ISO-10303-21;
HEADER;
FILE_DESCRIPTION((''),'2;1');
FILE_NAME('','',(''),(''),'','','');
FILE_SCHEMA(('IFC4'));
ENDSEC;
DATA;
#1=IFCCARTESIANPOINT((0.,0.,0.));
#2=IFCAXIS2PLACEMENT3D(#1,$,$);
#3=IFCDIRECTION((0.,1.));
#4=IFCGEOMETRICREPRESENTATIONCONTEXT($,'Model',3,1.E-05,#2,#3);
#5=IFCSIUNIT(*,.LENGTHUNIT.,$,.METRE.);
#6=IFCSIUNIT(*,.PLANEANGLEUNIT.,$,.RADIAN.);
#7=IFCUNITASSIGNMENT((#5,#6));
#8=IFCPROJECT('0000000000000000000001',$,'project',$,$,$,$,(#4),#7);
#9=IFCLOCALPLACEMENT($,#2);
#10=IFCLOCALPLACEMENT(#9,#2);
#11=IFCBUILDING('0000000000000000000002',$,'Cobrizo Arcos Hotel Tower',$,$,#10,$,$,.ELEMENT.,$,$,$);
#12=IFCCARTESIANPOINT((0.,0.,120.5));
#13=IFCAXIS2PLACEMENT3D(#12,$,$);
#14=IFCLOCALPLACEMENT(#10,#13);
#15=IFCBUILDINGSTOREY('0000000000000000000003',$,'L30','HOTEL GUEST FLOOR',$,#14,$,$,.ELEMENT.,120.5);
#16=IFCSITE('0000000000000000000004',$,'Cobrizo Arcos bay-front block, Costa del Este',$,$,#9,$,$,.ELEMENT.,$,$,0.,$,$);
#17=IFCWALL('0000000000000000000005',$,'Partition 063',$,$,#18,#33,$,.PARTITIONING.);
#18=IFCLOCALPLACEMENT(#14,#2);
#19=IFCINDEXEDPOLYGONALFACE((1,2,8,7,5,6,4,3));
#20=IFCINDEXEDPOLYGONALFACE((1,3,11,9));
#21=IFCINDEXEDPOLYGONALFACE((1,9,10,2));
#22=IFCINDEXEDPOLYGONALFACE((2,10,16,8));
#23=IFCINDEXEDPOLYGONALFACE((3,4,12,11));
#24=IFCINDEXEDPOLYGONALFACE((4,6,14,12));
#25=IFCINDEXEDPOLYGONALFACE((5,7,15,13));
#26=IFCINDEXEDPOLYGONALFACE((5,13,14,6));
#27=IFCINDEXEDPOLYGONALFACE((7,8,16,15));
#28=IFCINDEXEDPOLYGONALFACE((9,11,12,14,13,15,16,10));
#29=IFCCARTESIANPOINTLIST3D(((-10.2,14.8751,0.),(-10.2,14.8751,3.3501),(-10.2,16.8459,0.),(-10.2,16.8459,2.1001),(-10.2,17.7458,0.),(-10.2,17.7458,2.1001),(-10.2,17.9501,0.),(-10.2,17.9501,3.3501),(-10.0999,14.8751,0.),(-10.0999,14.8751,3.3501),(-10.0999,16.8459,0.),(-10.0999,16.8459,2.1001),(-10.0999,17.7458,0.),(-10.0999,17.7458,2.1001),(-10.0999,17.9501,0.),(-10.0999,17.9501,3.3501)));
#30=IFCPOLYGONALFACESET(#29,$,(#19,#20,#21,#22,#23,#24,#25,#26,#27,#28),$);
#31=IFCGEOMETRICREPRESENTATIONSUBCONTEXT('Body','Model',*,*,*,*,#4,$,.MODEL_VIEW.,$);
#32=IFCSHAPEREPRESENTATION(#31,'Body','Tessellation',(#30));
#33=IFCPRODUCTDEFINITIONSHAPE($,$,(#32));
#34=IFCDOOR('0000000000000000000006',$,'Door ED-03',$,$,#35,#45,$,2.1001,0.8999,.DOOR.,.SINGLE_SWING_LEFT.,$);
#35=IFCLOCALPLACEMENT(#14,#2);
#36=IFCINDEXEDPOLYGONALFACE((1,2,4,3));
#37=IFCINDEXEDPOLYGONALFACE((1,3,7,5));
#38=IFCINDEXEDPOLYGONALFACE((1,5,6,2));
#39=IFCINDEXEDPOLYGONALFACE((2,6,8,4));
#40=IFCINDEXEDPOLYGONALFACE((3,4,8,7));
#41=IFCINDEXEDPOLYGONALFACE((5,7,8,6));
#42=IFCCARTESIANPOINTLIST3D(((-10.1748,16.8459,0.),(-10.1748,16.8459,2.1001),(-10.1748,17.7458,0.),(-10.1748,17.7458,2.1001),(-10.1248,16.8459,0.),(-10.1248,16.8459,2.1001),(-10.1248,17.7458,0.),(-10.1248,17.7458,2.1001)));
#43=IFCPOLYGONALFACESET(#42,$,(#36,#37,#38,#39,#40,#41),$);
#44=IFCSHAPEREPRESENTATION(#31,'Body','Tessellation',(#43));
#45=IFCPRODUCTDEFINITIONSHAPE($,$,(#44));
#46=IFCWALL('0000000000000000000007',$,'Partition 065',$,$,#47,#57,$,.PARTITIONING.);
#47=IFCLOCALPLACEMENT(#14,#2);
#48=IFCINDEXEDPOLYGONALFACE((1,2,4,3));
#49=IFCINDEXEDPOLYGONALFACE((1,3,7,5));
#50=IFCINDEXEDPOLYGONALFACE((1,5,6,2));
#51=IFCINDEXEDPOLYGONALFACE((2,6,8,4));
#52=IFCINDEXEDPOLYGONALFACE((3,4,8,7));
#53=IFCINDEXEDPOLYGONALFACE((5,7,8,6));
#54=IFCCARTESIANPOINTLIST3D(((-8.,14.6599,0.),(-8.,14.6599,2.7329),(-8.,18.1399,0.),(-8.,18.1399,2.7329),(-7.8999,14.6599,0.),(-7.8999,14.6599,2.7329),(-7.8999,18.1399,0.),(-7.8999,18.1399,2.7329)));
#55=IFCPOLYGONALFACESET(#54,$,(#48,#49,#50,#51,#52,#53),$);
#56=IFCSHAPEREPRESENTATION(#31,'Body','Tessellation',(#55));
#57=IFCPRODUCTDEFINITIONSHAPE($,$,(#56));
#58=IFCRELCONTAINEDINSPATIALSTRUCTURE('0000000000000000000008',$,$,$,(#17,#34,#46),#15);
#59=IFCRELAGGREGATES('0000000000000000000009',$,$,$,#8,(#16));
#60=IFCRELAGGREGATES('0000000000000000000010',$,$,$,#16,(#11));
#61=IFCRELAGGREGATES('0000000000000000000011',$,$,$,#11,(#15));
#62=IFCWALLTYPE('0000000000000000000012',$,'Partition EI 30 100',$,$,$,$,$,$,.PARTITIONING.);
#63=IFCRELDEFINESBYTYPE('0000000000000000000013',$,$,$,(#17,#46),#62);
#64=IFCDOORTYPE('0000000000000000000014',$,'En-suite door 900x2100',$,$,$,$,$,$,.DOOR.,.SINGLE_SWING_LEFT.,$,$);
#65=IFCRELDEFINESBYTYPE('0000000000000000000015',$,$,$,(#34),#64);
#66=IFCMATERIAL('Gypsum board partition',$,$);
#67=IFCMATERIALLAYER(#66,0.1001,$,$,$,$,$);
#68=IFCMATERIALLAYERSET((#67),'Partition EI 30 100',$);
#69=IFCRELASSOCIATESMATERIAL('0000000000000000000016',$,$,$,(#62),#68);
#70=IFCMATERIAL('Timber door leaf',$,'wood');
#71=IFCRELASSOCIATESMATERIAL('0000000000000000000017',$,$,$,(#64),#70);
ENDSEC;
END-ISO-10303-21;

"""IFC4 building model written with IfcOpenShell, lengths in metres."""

from ifc_helpers import new_model, si_unit, direction, frame, frame_2d, origin, place, context, subcontext, project, spatial, rectangle, extrude, material, layer, layer_set, type_object, element, fill, save


model = new_model("IFC4")

# Units and contexts
model_context = context("Model", 3, precision=1e-05, world=origin(), true_north=direction((0.0, 1.0)))
body_context = subcontext(model_context, "Body", "Model", "MODEL_VIEW")
ifc_project = project(units=[si_unit("LENGTHUNIT", "METRE"), si_unit("PLANEANGLEUNIT", "RADIAN")], contexts=[model_context])

# Site, building, storey
site_placement = place(None, origin())
site = spatial("IfcSite", under=ifc_project, at=site_placement, Name="Cobrizo Arcos bay-front block, Costa del Este", CompositionType="ELEMENT", RefElevation=0.0)
building_placement = place(site_placement, origin())
building = spatial("IfcBuilding", under=site, at=building_placement, Name="Cobrizo Arcos Hotel Tower", CompositionType="ELEMENT")
storey_placement = place(building_placement, frame((0.0, 0.0, 120.5)))
storey = spatial("IfcBuildingStorey", under=building, at=storey_placement, Name="L30", Description="HOTEL GUEST FLOOR", CompositionType="ELEMENT", Elevation=120.5)

# Shared definitions
ifc_material_1 = material(Name="Gypsum board partition")
ifc_layer_1 = layer(ifc_material_1, 0.1001)
ifc_layer_set_1 = layer_set([ifc_layer_1], Name="Partition EI 30 100")
wall_type = type_object("IfcWallType", Name="Partition EI 30 100", PredefinedType="PARTITIONING", material=ifc_layer_set_1)

# Wall, opening, door
wall_1_placement = place(storey_placement, frame((-10.1499, 14.875, 0.0), z_axis=(0.0, 0.0, 1.0), x_axis=(0.0, 1.0, 0.0)))
wall_1 = element("IfcWall", 1, at=wall_1_placement, inside=storey, type_object=wall_type, Name="Partition 063", PredefinedType="PARTITIONING", context=body_context, shape_type="SweptSolid", body=[
    extrude(rectangle(XDim=3.075, YDim=0.1001, at=frame_2d((1.5376, 0.0))), origin(), (0.0, 0.0, 1.0), 3.3501),
])
opening_placement = place(wall_1_placement, frame((1.9709, 0.0, 0.0)))
opening = element("IfcOpeningElement", 2, at=opening_placement, cuts=wall_1, PredefinedType="OPENING", context=body_context, shape_type="SweptSolid", body=[
    extrude(rectangle(XDim=0.8999, YDim=2.1001, at=frame_2d((0.45, 1.05))), frame((0.0, 0.062, 0.0), z_axis=(0.0, -1.0, 0.0), x_axis=(1.0, 0.0, 0.0)), (0.0, 0.0, 1.0), 0.124),
])
ifc_material_2 = material(Name="Timber door leaf", Category="wood")
door_type = type_object("IfcDoorType", Name="En-suite door 900x2100", OperationType="SINGLE_SWING_LEFT", PredefinedType="DOOR", material=ifc_material_2)
door_placement = place(opening_placement, origin())
door = element("IfcDoor", 3, at=door_placement, inside=storey, type_object=door_type, Name="Door ED-03", OperationType="SINGLE_SWING_LEFT", OverallHeight=2.1001, OverallWidth=0.8999, PredefinedType="DOOR", context=body_context, shape_type="SweptSolid", body=[
    extrude(rectangle(XDim=0.8999, YDim=2.1001, at=frame_2d((0.45, 1.05))), frame((0.0, 0.0249, 0.0), z_axis=(0.0, -1.0, 0.0), x_axis=(1.0, 0.0, 0.0)), (0.0, 0.0, 1.0), 0.05),
])
fill(opening, door)

# Wall
wall_2_placement = place(storey_placement, frame((-7.95, 14.6599, 0.0), z_axis=(0.0, 0.0, 1.0), x_axis=(0.0, 1.0, 0.0)))
element("IfcWall", 4, at=wall_2_placement, inside=storey, type_object=wall_type, Name="Partition 065", PredefinedType="PARTITIONING", context=body_context, shape_type="SweptSolid", body=[
    extrude(rectangle(XDim=3.48, YDim=0.1001, at=frame_2d((1.74, 0.0))), origin(), (0.0, 0.0, 1.0), 2.7329),
])

save(model, "model.ifc")
